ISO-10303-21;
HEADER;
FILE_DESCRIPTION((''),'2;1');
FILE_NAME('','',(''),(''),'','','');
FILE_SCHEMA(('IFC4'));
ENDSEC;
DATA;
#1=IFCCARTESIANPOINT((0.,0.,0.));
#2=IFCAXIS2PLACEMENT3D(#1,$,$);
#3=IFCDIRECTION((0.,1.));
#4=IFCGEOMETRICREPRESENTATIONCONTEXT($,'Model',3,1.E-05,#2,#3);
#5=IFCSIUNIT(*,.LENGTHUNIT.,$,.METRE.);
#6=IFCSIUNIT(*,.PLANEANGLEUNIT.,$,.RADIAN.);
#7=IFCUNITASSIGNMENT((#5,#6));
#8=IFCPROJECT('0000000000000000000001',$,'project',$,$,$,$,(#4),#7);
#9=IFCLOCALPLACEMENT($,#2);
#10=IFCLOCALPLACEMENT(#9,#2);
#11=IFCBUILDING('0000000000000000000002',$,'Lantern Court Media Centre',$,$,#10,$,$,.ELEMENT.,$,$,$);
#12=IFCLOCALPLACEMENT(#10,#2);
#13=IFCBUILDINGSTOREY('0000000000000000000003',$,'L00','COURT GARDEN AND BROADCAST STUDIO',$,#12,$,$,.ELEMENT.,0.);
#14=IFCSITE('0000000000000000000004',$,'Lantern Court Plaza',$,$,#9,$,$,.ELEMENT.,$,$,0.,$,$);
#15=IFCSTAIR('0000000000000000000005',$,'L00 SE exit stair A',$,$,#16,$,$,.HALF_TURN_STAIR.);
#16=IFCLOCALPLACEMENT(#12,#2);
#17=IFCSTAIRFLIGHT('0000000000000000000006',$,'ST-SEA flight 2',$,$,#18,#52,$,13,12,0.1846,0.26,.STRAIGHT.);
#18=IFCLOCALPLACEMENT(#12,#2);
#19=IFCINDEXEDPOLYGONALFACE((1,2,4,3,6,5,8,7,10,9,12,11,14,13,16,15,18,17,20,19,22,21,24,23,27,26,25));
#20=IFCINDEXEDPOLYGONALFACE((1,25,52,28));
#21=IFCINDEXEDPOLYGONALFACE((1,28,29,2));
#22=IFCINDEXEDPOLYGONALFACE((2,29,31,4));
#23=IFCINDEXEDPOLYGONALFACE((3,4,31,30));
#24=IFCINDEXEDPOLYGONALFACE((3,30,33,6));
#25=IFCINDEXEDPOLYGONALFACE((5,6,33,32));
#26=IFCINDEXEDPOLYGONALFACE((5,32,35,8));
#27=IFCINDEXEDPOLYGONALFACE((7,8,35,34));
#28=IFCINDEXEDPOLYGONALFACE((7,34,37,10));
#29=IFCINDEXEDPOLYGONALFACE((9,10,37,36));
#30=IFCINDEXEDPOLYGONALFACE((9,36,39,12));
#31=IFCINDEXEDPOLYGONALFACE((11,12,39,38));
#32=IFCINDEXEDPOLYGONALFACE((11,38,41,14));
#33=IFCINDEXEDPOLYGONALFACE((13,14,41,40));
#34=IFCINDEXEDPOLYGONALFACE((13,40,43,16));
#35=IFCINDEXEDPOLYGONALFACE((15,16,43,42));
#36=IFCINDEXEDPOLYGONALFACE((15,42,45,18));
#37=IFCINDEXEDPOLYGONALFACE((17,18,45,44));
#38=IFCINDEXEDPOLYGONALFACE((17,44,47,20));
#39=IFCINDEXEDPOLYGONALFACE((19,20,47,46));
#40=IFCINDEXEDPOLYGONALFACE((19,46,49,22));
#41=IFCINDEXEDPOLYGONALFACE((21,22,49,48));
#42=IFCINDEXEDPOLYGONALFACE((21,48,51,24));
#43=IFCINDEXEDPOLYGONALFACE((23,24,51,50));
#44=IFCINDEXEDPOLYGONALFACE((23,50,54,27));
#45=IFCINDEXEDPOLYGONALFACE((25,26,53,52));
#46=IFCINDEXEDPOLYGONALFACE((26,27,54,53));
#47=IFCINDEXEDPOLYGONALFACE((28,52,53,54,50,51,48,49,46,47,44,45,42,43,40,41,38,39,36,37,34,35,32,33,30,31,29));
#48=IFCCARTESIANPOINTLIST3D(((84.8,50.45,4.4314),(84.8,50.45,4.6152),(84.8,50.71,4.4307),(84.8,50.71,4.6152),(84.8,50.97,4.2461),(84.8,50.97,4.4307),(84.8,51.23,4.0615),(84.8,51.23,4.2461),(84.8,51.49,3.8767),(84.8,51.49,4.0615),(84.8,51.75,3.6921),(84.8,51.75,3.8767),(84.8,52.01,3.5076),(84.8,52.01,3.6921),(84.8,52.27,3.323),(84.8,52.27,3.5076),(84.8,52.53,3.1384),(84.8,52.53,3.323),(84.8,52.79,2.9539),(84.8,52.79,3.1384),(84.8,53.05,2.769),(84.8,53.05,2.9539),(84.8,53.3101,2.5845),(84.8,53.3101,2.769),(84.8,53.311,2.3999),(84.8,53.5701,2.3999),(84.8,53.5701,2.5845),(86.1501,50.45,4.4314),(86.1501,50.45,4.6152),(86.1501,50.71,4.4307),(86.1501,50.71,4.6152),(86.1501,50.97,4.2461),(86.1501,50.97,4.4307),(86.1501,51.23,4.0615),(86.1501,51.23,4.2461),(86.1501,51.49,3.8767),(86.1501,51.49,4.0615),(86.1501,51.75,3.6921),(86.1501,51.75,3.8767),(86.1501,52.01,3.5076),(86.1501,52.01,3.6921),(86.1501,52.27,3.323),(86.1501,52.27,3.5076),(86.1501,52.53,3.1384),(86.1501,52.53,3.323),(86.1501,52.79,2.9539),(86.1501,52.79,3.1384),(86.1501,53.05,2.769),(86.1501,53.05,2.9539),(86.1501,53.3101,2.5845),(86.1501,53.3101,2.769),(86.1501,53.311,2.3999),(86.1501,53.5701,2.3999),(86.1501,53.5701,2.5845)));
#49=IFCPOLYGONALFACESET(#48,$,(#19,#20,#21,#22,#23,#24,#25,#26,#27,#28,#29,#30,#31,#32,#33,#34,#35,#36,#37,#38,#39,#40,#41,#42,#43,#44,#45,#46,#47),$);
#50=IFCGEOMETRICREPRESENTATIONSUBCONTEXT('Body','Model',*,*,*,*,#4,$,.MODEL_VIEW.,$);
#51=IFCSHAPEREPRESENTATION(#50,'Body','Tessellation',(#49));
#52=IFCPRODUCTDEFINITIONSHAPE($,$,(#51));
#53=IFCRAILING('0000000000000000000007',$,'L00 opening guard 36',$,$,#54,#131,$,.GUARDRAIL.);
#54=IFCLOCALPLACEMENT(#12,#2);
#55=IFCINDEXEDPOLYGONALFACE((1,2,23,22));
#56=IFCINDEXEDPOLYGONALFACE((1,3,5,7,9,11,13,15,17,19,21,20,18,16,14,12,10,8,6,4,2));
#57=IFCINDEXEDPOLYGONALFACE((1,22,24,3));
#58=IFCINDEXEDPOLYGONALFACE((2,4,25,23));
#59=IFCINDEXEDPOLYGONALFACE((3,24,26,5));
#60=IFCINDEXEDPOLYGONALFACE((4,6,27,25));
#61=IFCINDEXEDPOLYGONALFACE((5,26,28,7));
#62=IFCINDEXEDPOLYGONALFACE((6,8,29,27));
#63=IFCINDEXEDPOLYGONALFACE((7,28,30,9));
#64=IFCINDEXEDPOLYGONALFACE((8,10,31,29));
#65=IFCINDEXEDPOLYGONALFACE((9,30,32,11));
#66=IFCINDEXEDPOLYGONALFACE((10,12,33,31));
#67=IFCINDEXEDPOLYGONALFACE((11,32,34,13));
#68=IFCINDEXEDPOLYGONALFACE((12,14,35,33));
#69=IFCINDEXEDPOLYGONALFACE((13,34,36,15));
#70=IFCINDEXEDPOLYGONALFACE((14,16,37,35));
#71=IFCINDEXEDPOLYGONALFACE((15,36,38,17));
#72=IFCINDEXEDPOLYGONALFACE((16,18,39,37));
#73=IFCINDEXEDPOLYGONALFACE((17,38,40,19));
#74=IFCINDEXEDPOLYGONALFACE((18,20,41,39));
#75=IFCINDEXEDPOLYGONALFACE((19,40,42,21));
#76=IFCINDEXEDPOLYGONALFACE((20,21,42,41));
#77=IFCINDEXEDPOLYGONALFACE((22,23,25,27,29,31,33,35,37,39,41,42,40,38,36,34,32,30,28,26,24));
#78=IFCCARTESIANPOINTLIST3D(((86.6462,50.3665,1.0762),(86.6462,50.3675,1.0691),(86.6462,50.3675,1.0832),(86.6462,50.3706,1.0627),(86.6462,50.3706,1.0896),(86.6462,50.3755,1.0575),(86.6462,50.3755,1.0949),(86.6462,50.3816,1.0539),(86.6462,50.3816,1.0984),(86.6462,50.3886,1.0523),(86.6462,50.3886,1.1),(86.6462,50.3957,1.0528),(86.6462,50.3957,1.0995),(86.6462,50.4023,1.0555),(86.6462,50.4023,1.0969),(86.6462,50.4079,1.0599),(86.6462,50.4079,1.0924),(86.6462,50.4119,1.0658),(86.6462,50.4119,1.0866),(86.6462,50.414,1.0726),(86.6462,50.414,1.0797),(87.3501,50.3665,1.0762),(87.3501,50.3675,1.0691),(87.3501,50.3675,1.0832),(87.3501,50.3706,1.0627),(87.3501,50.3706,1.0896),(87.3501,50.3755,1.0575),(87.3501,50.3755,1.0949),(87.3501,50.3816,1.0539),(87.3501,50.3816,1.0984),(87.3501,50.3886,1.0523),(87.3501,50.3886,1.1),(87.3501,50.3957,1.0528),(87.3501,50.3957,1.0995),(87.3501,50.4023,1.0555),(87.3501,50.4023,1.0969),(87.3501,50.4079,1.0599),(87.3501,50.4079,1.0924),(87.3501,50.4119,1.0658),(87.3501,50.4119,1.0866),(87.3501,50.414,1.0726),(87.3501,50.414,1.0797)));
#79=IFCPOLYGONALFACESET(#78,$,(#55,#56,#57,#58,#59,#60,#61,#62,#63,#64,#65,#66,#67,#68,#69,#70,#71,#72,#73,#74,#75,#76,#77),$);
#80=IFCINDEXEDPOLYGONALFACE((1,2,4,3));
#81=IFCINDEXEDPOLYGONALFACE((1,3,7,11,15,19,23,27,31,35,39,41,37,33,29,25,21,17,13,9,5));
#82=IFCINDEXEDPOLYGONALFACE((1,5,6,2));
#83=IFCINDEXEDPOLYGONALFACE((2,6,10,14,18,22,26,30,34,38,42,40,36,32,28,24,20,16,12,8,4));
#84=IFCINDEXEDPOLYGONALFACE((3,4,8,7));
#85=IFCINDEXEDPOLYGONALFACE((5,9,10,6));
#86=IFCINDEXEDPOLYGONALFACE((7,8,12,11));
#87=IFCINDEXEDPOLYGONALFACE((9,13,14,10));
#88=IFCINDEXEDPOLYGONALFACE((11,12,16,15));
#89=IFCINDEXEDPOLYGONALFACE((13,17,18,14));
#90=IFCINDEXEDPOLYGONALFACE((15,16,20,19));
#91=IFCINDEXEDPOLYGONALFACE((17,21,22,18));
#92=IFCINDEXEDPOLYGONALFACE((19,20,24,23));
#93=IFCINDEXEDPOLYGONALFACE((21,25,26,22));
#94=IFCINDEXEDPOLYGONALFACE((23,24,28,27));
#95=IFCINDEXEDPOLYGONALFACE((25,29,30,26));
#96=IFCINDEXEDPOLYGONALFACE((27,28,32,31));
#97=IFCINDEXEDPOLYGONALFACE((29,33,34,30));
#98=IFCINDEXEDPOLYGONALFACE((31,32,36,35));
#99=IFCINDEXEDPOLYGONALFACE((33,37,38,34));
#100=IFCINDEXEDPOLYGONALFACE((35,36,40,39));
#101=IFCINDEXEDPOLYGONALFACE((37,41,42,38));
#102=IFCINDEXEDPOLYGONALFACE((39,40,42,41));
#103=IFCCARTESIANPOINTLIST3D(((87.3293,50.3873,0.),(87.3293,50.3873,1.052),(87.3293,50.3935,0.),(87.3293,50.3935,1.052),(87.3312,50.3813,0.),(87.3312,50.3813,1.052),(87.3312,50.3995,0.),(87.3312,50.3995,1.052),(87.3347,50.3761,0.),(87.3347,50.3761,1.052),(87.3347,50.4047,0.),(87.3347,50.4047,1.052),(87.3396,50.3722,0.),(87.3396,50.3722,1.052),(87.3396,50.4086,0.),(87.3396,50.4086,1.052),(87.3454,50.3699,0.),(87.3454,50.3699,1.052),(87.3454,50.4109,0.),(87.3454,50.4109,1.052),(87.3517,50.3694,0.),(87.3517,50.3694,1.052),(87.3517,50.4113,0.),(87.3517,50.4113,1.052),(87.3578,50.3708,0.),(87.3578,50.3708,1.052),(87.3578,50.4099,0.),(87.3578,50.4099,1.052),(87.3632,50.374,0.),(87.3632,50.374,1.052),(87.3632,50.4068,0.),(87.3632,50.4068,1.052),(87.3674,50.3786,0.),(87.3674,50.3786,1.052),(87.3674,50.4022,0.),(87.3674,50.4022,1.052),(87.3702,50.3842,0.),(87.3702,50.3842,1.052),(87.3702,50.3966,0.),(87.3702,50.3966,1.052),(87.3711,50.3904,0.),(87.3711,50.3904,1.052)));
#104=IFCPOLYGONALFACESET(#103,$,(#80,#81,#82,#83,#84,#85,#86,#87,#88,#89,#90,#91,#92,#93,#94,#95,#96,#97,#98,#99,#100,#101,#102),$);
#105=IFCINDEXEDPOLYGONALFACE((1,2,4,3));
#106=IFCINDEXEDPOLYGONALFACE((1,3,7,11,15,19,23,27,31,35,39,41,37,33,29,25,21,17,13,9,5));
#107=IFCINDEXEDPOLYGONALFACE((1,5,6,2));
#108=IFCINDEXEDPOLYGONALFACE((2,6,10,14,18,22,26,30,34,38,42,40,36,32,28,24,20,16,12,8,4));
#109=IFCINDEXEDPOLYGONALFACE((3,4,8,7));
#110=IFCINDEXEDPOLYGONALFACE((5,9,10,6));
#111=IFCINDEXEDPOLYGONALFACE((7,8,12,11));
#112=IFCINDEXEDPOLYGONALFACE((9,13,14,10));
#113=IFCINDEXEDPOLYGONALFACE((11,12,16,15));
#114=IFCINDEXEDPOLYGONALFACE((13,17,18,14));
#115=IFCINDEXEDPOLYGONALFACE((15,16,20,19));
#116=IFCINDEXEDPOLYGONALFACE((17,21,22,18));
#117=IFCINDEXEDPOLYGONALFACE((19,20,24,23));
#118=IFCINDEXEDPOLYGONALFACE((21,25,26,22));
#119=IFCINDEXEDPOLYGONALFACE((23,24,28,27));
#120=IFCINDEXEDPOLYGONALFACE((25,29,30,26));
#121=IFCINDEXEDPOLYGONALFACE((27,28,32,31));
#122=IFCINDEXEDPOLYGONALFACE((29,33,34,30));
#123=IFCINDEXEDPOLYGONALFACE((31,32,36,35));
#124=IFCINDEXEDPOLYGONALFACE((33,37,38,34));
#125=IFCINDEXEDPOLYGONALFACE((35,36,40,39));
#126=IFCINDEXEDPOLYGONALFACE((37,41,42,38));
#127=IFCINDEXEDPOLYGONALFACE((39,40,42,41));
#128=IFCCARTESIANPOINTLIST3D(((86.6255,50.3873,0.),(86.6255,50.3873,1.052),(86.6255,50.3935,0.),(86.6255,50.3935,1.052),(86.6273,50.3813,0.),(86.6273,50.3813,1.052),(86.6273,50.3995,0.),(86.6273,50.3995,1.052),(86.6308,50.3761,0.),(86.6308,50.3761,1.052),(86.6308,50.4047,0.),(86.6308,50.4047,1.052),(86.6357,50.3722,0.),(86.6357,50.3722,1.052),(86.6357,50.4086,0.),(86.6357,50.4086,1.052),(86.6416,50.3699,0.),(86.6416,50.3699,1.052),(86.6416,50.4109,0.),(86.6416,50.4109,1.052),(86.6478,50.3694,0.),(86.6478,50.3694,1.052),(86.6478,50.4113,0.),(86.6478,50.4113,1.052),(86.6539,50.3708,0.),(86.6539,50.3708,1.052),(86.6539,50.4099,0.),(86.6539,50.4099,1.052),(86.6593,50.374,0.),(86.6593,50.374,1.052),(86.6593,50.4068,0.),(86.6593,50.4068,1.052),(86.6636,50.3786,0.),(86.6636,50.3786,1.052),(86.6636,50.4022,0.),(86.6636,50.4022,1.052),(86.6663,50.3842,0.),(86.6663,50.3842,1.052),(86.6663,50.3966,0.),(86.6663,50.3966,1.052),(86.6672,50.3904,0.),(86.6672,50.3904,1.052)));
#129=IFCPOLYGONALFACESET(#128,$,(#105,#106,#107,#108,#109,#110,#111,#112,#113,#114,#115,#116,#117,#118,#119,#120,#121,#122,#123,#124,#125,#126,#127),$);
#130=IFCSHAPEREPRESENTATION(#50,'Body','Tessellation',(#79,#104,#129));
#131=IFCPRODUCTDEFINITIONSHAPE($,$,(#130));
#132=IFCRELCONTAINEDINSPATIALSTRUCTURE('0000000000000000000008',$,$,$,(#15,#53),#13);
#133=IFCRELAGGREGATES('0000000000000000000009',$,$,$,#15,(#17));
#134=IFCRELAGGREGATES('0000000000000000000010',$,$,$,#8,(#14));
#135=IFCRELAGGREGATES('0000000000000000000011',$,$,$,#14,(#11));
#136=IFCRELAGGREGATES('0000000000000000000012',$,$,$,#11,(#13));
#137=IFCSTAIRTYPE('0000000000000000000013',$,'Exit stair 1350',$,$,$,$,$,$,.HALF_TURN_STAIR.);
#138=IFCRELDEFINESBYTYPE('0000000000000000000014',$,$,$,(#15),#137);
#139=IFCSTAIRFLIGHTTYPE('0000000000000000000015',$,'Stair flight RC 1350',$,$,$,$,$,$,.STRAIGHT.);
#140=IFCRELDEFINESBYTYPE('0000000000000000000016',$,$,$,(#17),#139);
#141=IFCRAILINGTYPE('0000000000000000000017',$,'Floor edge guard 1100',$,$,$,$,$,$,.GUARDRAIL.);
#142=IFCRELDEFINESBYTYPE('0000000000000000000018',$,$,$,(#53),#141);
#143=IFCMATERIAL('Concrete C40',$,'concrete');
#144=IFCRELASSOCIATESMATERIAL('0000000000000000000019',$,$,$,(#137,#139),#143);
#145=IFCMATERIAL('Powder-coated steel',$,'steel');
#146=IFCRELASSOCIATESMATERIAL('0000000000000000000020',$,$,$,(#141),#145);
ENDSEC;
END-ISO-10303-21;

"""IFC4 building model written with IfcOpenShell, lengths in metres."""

from ifc_helpers import new_model, si_unit, direction, frame, origin, origin_2d, place, context, subcontext, project, spatial, polyline, circle, outline, extrude, material, type_object, element, aggregate, save


model = new_model("IFC4")

# Units and contexts
model_context = context("Model", 3, precision=1e-05, world=origin(), true_north=direction((0.0, 1.0)))
body_context = subcontext(model_context, "Body", "Model", "MODEL_VIEW")
ifc_project = project(units=[si_unit("LENGTHUNIT", "METRE"), si_unit("PLANEANGLEUNIT", "RADIAN")], contexts=[model_context])

# Site, building, storey
site_placement = place(None, origin())
site = spatial("IfcSite", under=ifc_project, at=site_placement, Name="Lantern Court Plaza", CompositionType="ELEMENT", RefElevation=0.0)
building_placement = place(site_placement, origin())
building = spatial("IfcBuilding", under=site, at=building_placement, Name="Lantern Court Media Centre", CompositionType="ELEMENT")
storey_placement = place(building_placement, origin())
storey = spatial("IfcBuildingStorey", under=building, at=storey_placement, Name="L00", Description="COURT GARDEN AND BROADCAST STUDIO", CompositionType="ELEMENT", Elevation=0.0)

# Stair, stair flight
ifc_material_1 = material(Name="Concrete C40", Category="concrete")
stair_type = type_object("IfcStairType", Name="Exit stair 1350", PredefinedType="HALF_TURN_STAIR", material=ifc_material_1)
stair_placement = place(storey_placement, origin())
stair = element("IfcStair", 1, at=stair_placement, inside=storey, type_object=stair_type, Name="L00 SE exit stair A", PredefinedType="HALF_TURN_STAIR")
stair_flight_type = type_object("IfcStairFlightType", Name="Stair flight RC 1350", PredefinedType="STRAIGHT", material=ifc_material_1)
stair_flight_1_placement = place(storey_placement, frame((85.4751, 53.5701, 2.3999), z_axis=(0.0, 0.0, 1.0), x_axis=(0.0, -1.0, 0.0)))
stair_flight_1 = element("IfcStairFlight", 2, at=stair_flight_1_placement, type_object=stair_flight_type, Name="ST-SEA flight 2", NumberOfRisers=13, NumberOfTreads=12, PredefinedType="STRAIGHT", RiserHeight=0.1846, TreadLength=0.26, context=body_context, shape_type="SweptSolid", body=[
    extrude(outline(polyline([(0.0, 0.0), (0.0, 0.1846), (0.26, 0.1846), (0.26, 0.3691), (0.52, 0.3691), (0.52, 0.554), (0.78, 0.554), (0.78, 0.7385), (1.04, 0.7385), (1.04, 0.9231), (1.3, 0.9231), (1.3, 1.1077), (1.5601, 1.1077), (1.5601, 1.2922), (1.8201, 1.2922), (1.8201, 1.4768), (2.0801, 1.4768), (2.0801, 1.6616), (2.3401, 1.6616), (2.3401, 1.8462), (2.6001, 1.8462), (2.6001, 2.0308), (2.8601, 2.0308), (2.8601, 2.2153), (3.1201, 2.2153), (3.1201, 2.3999), (3.1201, 2.0315), (0.259, 0.0), (0.0, 0.0)])), frame((0.0, 0.675, 0.0), z_axis=(0.0, -1.0, 0.0), x_axis=(1.0, 0.0, 0.0)), (0.0, 0.0, 1.0), 1.3501),
])
aggregate(stair, [stair_flight_1])

# Railing
ifc_material_2 = material(Name="Powder-coated steel", Category="steel")
railing_type_1 = type_object("IfcRailingType", Name="Floor edge guard 1100", PredefinedType="GUARDRAIL", material=ifc_material_2)
railing_1_placement = place(storey_placement, frame((87.3501, 50.3904, 0.0)))
element("IfcRailing", 3, at=railing_1_placement, inside=storey, type_object=railing_type_1, Name="L00 opening guard 36", PredefinedType="GUARDRAIL", context=body_context, shape_type="SweptSolid", body=[
    extrude(circle(Radius=0.0239, at=origin_2d()), frame((0.0, 0.0, 1.0762), z_axis=(-1.0, 0.0, 0.0), x_axis=(0.0, -1.0, 0.0)), (0.0, 0.0, 1.0), 0.7039),
    extrude(circle(Radius=0.021, at=origin_2d()), origin(), (0.0, 0.0, 1.0), 1.052),
    extrude(circle(Radius=0.021, at=origin_2d()), frame((-0.7039, 0.0, 0.0)), (0.0, 0.0, 1.0), 1.052),
])

save(model, "model.ifc")
